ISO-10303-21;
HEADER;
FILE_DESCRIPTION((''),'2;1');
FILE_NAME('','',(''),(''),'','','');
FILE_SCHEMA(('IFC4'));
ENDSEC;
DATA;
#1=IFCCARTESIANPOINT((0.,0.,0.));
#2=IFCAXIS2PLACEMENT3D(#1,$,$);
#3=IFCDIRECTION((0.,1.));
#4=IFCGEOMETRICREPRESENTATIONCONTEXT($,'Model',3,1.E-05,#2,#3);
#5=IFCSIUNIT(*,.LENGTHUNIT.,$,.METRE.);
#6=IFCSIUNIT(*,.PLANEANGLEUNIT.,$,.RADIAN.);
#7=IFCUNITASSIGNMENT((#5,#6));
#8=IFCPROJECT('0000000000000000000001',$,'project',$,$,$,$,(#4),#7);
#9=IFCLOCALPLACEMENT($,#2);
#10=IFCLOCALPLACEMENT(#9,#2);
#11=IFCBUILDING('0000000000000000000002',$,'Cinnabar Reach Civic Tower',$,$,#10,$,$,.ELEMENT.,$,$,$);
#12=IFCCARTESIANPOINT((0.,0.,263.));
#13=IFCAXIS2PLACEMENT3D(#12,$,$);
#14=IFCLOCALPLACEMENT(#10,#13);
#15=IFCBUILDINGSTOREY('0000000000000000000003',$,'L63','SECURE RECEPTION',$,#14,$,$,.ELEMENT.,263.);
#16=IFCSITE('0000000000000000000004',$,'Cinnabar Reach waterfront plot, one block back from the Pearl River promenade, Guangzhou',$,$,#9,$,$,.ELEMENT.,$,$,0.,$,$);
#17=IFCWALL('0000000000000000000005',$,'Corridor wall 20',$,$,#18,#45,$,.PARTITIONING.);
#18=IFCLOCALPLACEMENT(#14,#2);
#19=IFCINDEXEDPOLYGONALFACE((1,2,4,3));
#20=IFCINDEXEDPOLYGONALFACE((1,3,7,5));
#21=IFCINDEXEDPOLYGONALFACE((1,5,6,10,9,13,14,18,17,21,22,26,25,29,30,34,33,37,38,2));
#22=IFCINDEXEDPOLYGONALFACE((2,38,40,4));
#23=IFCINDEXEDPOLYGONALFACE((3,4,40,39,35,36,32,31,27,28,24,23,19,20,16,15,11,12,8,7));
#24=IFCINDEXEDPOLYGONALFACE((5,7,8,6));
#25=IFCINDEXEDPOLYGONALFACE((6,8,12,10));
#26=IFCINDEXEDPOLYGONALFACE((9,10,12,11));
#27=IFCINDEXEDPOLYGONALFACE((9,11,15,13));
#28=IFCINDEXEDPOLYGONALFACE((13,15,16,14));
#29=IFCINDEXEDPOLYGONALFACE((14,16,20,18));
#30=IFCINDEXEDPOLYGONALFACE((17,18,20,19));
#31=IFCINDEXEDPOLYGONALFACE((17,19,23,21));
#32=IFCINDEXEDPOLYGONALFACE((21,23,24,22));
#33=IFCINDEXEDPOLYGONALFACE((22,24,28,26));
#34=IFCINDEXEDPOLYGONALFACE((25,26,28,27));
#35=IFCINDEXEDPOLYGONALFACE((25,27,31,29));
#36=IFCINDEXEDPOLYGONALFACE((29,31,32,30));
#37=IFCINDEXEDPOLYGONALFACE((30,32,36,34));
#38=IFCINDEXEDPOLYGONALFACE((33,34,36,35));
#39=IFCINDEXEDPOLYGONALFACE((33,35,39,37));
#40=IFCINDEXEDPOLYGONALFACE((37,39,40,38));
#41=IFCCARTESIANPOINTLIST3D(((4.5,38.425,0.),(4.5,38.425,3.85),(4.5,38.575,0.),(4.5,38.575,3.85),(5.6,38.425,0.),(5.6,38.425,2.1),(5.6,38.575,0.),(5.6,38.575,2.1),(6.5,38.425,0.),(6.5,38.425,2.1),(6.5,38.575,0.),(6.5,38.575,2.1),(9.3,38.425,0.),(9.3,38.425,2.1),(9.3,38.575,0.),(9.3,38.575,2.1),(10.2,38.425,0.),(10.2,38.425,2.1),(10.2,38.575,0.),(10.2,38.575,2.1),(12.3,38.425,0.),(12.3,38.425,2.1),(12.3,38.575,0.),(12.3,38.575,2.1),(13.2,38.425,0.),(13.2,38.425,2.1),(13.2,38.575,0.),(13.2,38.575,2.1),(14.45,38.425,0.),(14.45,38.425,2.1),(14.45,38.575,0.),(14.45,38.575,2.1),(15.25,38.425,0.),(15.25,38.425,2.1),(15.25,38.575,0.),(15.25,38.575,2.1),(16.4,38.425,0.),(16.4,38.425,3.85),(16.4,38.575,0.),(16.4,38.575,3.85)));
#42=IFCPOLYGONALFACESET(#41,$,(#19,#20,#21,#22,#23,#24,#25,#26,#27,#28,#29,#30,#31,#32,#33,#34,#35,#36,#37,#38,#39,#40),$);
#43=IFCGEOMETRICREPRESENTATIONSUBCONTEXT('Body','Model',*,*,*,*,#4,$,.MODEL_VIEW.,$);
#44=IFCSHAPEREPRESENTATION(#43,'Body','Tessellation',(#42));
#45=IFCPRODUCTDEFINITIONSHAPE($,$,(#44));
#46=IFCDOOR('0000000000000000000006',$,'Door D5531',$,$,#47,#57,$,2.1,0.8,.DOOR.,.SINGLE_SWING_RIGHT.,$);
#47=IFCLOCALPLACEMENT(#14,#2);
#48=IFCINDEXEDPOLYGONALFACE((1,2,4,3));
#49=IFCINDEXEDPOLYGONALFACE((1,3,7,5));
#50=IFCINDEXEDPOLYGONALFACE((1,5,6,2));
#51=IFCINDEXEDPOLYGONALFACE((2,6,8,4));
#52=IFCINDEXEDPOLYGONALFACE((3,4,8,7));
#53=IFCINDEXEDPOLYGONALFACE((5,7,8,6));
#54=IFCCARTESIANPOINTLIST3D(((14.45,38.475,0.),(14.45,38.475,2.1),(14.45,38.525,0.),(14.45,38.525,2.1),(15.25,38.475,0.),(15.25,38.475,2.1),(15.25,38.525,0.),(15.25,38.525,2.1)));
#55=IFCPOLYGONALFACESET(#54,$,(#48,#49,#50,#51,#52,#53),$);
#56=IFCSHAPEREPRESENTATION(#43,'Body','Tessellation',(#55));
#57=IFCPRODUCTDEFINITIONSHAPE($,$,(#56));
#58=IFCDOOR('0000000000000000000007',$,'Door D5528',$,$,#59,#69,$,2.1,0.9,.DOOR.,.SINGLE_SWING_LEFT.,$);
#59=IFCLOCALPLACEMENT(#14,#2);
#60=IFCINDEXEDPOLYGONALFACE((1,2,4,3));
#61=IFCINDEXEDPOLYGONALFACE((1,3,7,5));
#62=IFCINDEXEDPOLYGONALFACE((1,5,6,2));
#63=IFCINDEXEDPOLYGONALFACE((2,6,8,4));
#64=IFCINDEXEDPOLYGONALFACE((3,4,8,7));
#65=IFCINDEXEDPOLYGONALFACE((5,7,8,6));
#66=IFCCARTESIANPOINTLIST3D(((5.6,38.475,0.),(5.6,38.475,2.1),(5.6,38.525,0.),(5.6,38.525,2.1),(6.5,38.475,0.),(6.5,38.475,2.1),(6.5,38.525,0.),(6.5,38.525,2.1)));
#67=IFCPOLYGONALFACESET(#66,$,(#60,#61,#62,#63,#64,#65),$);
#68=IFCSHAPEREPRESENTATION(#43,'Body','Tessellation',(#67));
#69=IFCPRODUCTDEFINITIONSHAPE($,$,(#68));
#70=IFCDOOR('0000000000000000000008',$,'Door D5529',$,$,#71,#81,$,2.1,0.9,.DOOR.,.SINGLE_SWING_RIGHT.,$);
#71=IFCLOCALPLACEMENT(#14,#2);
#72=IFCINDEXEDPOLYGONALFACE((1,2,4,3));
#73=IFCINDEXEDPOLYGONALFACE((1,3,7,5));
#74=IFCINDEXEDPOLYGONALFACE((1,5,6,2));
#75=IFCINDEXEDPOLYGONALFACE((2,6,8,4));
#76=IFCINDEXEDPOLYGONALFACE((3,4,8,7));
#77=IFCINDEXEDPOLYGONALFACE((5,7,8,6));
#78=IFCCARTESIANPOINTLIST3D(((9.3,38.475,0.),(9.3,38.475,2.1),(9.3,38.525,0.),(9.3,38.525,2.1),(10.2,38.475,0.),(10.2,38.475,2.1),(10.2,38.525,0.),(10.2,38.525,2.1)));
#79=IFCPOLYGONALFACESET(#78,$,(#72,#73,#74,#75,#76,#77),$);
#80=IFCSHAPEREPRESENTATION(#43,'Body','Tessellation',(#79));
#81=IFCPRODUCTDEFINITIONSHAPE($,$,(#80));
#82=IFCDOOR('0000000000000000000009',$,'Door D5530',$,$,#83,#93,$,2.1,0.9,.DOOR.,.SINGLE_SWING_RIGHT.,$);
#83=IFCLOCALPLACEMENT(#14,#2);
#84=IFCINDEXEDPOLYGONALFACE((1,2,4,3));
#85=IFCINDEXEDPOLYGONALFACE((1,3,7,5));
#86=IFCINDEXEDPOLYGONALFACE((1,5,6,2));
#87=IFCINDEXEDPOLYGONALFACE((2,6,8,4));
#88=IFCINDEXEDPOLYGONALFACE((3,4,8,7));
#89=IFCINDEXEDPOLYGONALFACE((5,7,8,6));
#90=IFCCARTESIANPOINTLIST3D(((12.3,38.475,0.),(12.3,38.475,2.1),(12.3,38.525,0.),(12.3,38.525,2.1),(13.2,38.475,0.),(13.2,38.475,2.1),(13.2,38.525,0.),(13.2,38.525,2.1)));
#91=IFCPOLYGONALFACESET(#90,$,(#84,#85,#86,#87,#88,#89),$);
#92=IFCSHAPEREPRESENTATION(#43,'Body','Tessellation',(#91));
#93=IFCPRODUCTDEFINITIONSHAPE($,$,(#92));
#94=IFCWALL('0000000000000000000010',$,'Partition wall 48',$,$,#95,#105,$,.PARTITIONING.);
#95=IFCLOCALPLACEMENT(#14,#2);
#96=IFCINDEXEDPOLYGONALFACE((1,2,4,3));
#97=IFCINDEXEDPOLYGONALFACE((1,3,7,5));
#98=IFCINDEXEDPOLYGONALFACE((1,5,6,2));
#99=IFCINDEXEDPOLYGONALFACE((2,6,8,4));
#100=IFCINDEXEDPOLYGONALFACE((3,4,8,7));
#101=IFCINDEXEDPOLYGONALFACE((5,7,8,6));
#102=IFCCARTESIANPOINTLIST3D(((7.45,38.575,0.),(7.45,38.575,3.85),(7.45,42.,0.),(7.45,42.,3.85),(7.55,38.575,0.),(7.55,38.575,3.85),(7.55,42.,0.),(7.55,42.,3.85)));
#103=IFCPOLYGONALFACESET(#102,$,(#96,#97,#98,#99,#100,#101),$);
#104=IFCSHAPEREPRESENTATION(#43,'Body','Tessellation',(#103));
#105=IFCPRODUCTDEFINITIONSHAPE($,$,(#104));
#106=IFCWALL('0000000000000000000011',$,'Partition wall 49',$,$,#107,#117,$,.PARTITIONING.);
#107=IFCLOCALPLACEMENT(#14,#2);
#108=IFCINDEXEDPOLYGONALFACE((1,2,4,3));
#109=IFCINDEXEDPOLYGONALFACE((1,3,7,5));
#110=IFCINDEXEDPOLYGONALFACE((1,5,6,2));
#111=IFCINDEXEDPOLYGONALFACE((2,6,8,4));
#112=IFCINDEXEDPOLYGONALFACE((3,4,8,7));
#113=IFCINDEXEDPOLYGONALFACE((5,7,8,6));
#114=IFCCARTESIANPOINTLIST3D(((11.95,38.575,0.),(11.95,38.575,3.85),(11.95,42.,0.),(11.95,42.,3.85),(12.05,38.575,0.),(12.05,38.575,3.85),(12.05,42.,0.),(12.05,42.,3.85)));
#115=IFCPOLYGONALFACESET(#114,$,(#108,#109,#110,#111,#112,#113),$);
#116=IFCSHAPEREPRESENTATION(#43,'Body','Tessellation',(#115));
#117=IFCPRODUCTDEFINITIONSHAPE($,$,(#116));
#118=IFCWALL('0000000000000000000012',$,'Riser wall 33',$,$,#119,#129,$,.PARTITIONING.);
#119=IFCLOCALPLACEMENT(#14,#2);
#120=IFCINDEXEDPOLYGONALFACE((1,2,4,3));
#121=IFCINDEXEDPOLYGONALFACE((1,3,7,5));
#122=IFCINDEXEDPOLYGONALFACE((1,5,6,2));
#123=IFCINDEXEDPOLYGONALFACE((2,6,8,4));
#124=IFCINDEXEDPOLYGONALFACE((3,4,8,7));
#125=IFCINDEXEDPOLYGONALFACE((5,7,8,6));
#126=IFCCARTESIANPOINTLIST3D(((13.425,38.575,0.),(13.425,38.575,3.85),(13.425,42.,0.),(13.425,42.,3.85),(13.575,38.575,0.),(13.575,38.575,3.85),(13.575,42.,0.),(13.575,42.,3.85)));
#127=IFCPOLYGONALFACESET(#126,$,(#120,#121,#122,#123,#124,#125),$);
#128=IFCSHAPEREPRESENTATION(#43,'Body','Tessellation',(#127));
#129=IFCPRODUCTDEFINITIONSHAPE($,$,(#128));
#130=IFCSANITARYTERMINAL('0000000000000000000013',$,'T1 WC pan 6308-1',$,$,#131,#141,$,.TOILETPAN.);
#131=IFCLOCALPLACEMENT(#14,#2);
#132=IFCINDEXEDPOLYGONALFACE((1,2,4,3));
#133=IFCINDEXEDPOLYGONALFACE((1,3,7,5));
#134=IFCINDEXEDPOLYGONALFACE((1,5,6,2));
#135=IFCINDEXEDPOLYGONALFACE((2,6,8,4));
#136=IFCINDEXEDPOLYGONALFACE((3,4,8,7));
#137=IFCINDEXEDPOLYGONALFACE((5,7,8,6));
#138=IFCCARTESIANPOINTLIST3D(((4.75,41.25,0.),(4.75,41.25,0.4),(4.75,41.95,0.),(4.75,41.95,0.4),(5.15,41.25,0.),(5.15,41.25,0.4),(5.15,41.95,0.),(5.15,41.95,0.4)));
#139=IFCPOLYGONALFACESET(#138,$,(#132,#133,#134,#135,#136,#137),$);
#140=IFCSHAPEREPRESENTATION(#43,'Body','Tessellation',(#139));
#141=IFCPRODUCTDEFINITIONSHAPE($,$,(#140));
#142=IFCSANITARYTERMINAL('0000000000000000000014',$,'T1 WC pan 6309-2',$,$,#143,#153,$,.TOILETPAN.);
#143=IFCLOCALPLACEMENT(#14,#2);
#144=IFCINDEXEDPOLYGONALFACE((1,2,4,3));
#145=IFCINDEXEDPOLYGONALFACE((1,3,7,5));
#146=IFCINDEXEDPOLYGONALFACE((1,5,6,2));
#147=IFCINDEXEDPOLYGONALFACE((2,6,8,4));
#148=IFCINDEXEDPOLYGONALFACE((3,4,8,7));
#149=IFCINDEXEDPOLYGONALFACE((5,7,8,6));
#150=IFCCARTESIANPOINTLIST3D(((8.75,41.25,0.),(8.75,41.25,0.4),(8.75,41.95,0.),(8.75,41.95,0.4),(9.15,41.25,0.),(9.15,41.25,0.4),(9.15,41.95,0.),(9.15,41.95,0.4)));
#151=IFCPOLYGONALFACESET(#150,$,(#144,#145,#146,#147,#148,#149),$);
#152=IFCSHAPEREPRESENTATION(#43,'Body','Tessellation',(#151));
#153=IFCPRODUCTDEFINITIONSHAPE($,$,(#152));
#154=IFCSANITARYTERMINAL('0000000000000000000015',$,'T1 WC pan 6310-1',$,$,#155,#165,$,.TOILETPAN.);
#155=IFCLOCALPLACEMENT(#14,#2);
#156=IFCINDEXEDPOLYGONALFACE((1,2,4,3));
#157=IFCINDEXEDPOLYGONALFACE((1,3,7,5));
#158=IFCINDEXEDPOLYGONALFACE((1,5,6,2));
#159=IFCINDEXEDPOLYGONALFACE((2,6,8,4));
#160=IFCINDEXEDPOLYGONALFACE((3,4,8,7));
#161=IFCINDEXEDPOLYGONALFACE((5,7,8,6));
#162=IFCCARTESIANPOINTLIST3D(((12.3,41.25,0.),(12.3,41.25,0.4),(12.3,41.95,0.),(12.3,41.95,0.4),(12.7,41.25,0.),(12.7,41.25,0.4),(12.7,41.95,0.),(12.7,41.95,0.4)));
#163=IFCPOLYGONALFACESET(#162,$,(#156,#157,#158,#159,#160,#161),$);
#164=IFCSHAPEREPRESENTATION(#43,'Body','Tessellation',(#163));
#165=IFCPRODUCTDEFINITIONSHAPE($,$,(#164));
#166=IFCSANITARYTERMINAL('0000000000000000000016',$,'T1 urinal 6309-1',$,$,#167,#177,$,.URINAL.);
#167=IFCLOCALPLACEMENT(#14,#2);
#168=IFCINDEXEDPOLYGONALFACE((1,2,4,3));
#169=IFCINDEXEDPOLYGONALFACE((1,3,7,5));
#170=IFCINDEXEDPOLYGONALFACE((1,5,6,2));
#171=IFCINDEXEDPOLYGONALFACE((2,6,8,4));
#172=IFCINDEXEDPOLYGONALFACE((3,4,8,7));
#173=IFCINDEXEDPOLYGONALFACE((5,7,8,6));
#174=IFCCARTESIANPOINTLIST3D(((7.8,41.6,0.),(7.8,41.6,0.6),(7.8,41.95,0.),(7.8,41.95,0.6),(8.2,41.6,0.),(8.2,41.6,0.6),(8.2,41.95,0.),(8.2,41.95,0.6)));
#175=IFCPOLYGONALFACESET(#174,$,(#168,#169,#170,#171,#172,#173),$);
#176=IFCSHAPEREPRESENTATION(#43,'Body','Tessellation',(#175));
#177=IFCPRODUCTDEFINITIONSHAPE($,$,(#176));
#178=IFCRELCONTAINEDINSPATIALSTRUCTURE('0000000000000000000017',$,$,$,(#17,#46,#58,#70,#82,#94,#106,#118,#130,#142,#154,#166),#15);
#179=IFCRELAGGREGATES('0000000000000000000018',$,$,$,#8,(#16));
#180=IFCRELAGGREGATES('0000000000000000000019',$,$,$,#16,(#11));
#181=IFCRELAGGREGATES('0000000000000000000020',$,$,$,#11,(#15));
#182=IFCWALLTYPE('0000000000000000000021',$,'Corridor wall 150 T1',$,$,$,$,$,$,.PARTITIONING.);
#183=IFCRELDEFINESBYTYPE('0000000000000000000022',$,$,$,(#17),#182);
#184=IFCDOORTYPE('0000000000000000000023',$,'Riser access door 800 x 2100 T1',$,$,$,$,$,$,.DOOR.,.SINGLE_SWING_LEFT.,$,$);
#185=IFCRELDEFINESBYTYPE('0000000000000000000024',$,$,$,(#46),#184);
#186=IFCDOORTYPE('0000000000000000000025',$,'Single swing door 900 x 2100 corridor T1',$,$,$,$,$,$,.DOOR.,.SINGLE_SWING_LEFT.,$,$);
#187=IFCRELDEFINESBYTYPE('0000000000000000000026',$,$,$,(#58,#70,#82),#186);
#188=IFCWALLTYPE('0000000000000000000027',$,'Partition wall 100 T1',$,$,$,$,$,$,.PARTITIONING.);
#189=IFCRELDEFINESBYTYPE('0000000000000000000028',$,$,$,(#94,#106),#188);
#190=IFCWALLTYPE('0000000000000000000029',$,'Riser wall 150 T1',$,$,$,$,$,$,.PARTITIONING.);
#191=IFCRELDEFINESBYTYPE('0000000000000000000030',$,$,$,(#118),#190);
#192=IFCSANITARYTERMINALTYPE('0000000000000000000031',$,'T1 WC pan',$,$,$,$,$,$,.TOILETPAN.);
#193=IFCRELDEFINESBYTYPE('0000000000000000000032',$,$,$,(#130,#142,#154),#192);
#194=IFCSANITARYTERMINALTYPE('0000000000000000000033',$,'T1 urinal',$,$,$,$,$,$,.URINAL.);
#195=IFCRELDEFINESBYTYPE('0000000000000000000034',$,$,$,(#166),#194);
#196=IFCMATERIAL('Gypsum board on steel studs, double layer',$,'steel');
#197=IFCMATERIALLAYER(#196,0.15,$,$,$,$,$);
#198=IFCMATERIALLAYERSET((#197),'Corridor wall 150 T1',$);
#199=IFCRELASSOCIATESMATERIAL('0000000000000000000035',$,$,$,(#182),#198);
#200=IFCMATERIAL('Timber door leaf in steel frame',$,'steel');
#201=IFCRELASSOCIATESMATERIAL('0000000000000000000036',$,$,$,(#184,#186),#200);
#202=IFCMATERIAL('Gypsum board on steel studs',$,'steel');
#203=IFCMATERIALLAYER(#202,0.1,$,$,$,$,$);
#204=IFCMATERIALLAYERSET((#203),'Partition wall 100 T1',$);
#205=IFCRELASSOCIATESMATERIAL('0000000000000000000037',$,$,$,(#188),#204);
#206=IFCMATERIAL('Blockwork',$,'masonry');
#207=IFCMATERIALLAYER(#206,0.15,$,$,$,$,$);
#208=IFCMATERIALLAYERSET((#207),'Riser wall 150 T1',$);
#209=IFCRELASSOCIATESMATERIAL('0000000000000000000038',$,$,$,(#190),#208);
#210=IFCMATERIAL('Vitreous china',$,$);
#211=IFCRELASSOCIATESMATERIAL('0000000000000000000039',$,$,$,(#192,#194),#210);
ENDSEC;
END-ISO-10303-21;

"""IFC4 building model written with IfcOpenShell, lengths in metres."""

from ifc_helpers import new_model, si_unit, direction, frame, frame_2d, origin, origin_2d, place, context, subcontext, project, spatial, rectangle, extrude, material, layer, layer_set, type_object, element, fill, save


model = new_model("IFC4")

# Units and contexts
model_context = context("Model", 3, precision=1e-05, world=origin(), true_north=direction((0.0, 1.0)))
body_context = subcontext(model_context, "Body", "Model", "MODEL_VIEW")
ifc_project = project(units=[si_unit("LENGTHUNIT", "METRE"), si_unit("PLANEANGLEUNIT", "RADIAN")], contexts=[model_context])

# Site, building, storey
site_placement = place(None, origin())
site = spatial("IfcSite", under=ifc_project, at=site_placement, Name="Cinnabar Reach waterfront plot, one block back from the Pearl River promenade, Guangzhou", CompositionType="ELEMENT", RefElevation=0.0)
building_placement = place(site_placement, origin())
building = spatial("IfcBuilding", under=site, at=building_placement, Name="Cinnabar Reach Civic Tower", CompositionType="ELEMENT")
storey_placement = place(building_placement, frame((0.0, 0.0, 263.0)))
storey = spatial("IfcBuildingStorey", under=building, at=storey_placement, Name="L63", Description="SECURE RECEPTION", CompositionType="ELEMENT", Elevation=263.0)

# Wall, openings, doors
ifc_material_1 = material(Name="Gypsum board on steel studs, double layer", Category="steel")
ifc_layer_1 = layer(ifc_material_1, 0.15)
ifc_layer_set_1 = layer_set([ifc_layer_1], Name="Corridor wall 150 T1")
wall_type_1 = type_object("IfcWallType", Name="Corridor wall 150 T1", PredefinedType="PARTITIONING", material=ifc_layer_set_1)
wall_1_placement = place(storey_placement, frame((4.5, 38.5, 0.0), z_axis=(0.0, 0.0, 1.0), x_axis=(1.0, 0.0, 0.0)))
wall_1 = element("IfcWall", 1, at=wall_1_placement, inside=storey, type_object=wall_type_1, Name="Corridor wall 20", PredefinedType="PARTITIONING", context=body_context, shape_type="SweptSolid", body=[
    extrude(rectangle(XDim=11.9, YDim=0.15, at=frame_2d((5.95, 0.0))), origin(), (0.0, 0.0, 1.0), 3.85),
])
opening_1_placement = place(wall_1_placement, frame((1.1, 0.0, 0.0)))
opening_1 = element("IfcOpeningElement", 2, at=opening_1_placement, cuts=wall_1, PredefinedType="OPENING", context=body_context, shape_type="SweptSolid", body=[
    extrude(rectangle(XDim=0.9, YDim=2.1, at=frame_2d((0.45, 1.05))), frame((0.0, 0.085, 0.0), z_axis=(0.0, -1.0, 0.0), x_axis=(1.0, 0.0, 0.0)), (0.0, 0.0, 1.0), 0.17),
])
opening_2_placement = place(wall_1_placement, frame((4.8, 0.0, 0.0)))
opening_2 = element("IfcOpeningElement", 3, at=opening_2_placement, cuts=wall_1, PredefinedType="OPENING", context=body_context, shape_type="SweptSolid", body=[
    extrude(rectangle(XDim=0.9, YDim=2.1, at=frame_2d((0.45, 1.05))), frame((0.0, 0.085, 0.0), z_axis=(0.0, -1.0, 0.0), x_axis=(1.0, 0.0, 0.0)), (0.0, 0.0, 1.0), 0.17),
])
opening_3_placement = place(wall_1_placement, frame((7.8, 0.0, 0.0)))
opening_3 = element("IfcOpeningElement", 4, at=opening_3_placement, cuts=wall_1, PredefinedType="OPENING", context=body_context, shape_type="SweptSolid", body=[
    extrude(rectangle(XDim=0.9, YDim=2.1, at=frame_2d((0.45, 1.05))), frame((0.0, 0.085, 0.0), z_axis=(0.0, -1.0, 0.0), x_axis=(1.0, 0.0, 0.0)), (0.0, 0.0, 1.0), 0.17),
])
opening_4_placement = place(wall_1_placement, frame((9.95, 0.0, 0.0)))
opening_4 = element("IfcOpeningElement", 5, at=opening_4_placement, cuts=wall_1, PredefinedType="OPENING", context=body_context, shape_type="SweptSolid", body=[
    extrude(rectangle(XDim=0.8, YDim=2.1, at=frame_2d((0.4, 1.05))), frame((0.0, 0.085, 0.0), z_axis=(0.0, -1.0, 0.0), x_axis=(1.0, 0.0, 0.0)), (0.0, 0.0, 1.0), 0.17),
])
ifc_material_2 = material(Name="Timber door leaf in steel frame", Category="steel")
door_type_1 = type_object("IfcDoorType", Name="Riser access door 800 x 2100 T1", OperationType="SINGLE_SWING_LEFT", PredefinedType="DOOR", material=ifc_material_2)
door_1_placement = place(opening_4_placement, origin())
door_1 = element("IfcDoor", 6, at=door_1_placement, inside=storey, type_object=door_type_1, Name="Door D5531", OperationType="SINGLE_SWING_RIGHT", OverallHeight=2.1, OverallWidth=0.8, PredefinedType="DOOR", context=body_context, shape_type="SweptSolid", body=[
    extrude(rectangle(XDim=0.8, YDim=2.1, at=frame_2d((0.4, 1.05))), frame((0.0, 0.025, 0.0), z_axis=(0.0, -1.0, 0.0), x_axis=(1.0, 0.0, 0.0)), (0.0, 0.0, 1.0), 0.05),
])
fill(opening_4, door_1)
door_type_2 = type_object("IfcDoorType", Name="Single swing door 900 x 2100 corridor T1", OperationType="SINGLE_SWING_LEFT", PredefinedType="DOOR", material=ifc_material_2)
door_2_placement = place(opening_1_placement, origin())
door_2 = element("IfcDoor", 7, at=door_2_placement, inside=storey, type_object=door_type_2, Name="Door D5528", OperationType="SINGLE_SWING_LEFT", OverallHeight=2.1, OverallWidth=0.9, PredefinedType="DOOR", context=body_context, shape_type="SweptSolid", body=[
    extrude(rectangle(XDim=0.9, YDim=2.1, at=frame_2d((0.45, 1.05))), frame((0.0, 0.025, 0.0), z_axis=(0.0, -1.0, 0.0), x_axis=(1.0, 0.0, 0.0)), (0.0, 0.0, 1.0), 0.05),
])
fill(opening_1, door_2)
door_3_placement = place(opening_2_placement, origin())
door_3 = element("IfcDoor", 8, at=door_3_placement, inside=storey, type_object=door_type_2, Name="Door D5529", OperationType="SINGLE_SWING_RIGHT", OverallHeight=2.1, OverallWidth=0.9, PredefinedType="DOOR", context=body_context, shape_type="SweptSolid", body=[
    extrude(rectangle(XDim=0.9, YDim=2.1, at=frame_2d((0.45, 1.05))), frame((0.0, 0.025, 0.0), z_axis=(0.0, -1.0, 0.0), x_axis=(1.0, 0.0, 0.0)), (0.0, 0.0, 1.0), 0.05),
])
fill(opening_2, door_3)
door_4_placement = place(opening_3_placement, origin())
door_4 = element("IfcDoor", 9, at=door_4_placement, inside=storey, type_object=door_type_2, Name="Door D5530", OperationType="SINGLE_SWING_RIGHT", OverallHeight=2.1, OverallWidth=0.9, PredefinedType="DOOR", context=body_context, shape_type="SweptSolid", body=[
    extrude(rectangle(XDim=0.9, YDim=2.1, at=frame_2d((0.45, 1.05))), frame((0.0, 0.025, 0.0), z_axis=(0.0, -1.0, 0.0), x_axis=(1.0, 0.0, 0.0)), (0.0, 0.0, 1.0), 0.05),
])
fill(opening_3, door_4)

# Walls
ifc_material_3 = material(Name="Gypsum board on steel studs", Category="steel")
ifc_layer_2 = layer(ifc_material_3, 0.1)
ifc_layer_set_2 = layer_set([ifc_layer_2], Name="Partition wall 100 T1")
wall_type_2 = type_object("IfcWallType", Name="Partition wall 100 T1", PredefinedType="PARTITIONING", material=ifc_layer_set_2)
for number, where, z_axis, x_axis, name in (
    (10, (7.5, 38.575, 0.0), (0.0, 0.0, 1.0), (0.0, 1.0, 0.0), "Partition wall 48"),
    (11, (12.0, 38.575, 0.0), (0.0, 0.0, 1.0), (0.0, 1.0, 0.0), "Partition wall 49"),
):
    element("IfcWall", number, at=place(storey_placement, frame(where, z_axis=z_axis, x_axis=x_axis)), inside=storey, type_object=wall_type_2, Name=name, PredefinedType="PARTITIONING", context=body_context, shape_type="SweptSolid", body=[
        extrude(rectangle(XDim=3.425, YDim=0.1, at=frame_2d((1.7125, 0.0))), origin(), (0.0, 0.0, 1.0), 3.85),
    ])
ifc_material_4 = material(Name="Blockwork", Category="masonry")
ifc_layer_3 = layer(ifc_material_4, 0.15)
ifc_layer_set_3 = layer_set([ifc_layer_3], Name="Riser wall 150 T1")
wall_type_3 = type_object("IfcWallType", Name="Riser wall 150 T1", PredefinedType="PARTITIONING", material=ifc_layer_set_3)
wall_2_placement = place(storey_placement, frame((13.5, 38.575, 0.0), z_axis=(0.0, 0.0, 1.0), x_axis=(0.0, 1.0, 0.0)))
element("IfcWall", 12, at=wall_2_placement, inside=storey, type_object=wall_type_3, Name="Riser wall 33", PredefinedType="PARTITIONING", context=body_context, shape_type="SweptSolid", body=[
    extrude(rectangle(XDim=3.425, YDim=0.15, at=frame_2d((1.7125, 0.0))), origin(), (0.0, 0.0, 1.0), 3.85),
])

# Sanitary terminals
ifc_material_5 = material(Name="Vitreous china")
sanitary_terminal_type_1 = type_object("IfcSanitaryTerminalType", Name="T1 WC pan", PredefinedType="TOILETPAN", material=ifc_material_5)
for number, where, z_axis, x_axis, name in (
    (13, (4.95, 41.6, 0.0), (0.0, 0.0, 1.0), (1.0, 0.0, 0.0), "T1 WC pan 6308-1"),
    (14, (8.95, 41.6, 0.0), (0.0, 0.0, 1.0), (1.0, 0.0, 0.0), "T1 WC pan 6309-2"),
    (15, (12.5, 41.6, 0.0), (0.0, 0.0, 1.0), (1.0, 0.0, 0.0), "T1 WC pan 6310-1"),
):
    element("IfcSanitaryTerminal", number, at=place(storey_placement, frame(where, z_axis=z_axis, x_axis=x_axis)), inside=storey, type_object=sanitary_terminal_type_1, Name=name, PredefinedType="TOILETPAN", context=body_context, shape_type="SweptSolid", body=[
        extrude(rectangle(XDim=0.4, YDim=0.7, at=origin_2d()), origin(), (0.0, 0.0, 1.0), 0.4),
    ])
sanitary_terminal_type_2 = type_object("IfcSanitaryTerminalType", Name="T1 urinal", PredefinedType="URINAL", material=ifc_material_5)
sanitary_terminal_placement = place(storey_placement, frame((8.0, 41.775, 0.0), z_axis=(0.0, 0.0, 1.0), x_axis=(1.0, 0.0, 0.0)))
element("IfcSanitaryTerminal", 16, at=sanitary_terminal_placement, inside=storey, type_object=sanitary_terminal_type_2, Name="T1 urinal 6309-1", PredefinedType="URINAL", context=body_context, shape_type="SweptSolid", body=[
    extrude(rectangle(XDim=0.4, YDim=0.35, at=origin_2d()), origin(), (0.0, 0.0, 1.0), 0.6),
])

save(model, "model.ifc")
